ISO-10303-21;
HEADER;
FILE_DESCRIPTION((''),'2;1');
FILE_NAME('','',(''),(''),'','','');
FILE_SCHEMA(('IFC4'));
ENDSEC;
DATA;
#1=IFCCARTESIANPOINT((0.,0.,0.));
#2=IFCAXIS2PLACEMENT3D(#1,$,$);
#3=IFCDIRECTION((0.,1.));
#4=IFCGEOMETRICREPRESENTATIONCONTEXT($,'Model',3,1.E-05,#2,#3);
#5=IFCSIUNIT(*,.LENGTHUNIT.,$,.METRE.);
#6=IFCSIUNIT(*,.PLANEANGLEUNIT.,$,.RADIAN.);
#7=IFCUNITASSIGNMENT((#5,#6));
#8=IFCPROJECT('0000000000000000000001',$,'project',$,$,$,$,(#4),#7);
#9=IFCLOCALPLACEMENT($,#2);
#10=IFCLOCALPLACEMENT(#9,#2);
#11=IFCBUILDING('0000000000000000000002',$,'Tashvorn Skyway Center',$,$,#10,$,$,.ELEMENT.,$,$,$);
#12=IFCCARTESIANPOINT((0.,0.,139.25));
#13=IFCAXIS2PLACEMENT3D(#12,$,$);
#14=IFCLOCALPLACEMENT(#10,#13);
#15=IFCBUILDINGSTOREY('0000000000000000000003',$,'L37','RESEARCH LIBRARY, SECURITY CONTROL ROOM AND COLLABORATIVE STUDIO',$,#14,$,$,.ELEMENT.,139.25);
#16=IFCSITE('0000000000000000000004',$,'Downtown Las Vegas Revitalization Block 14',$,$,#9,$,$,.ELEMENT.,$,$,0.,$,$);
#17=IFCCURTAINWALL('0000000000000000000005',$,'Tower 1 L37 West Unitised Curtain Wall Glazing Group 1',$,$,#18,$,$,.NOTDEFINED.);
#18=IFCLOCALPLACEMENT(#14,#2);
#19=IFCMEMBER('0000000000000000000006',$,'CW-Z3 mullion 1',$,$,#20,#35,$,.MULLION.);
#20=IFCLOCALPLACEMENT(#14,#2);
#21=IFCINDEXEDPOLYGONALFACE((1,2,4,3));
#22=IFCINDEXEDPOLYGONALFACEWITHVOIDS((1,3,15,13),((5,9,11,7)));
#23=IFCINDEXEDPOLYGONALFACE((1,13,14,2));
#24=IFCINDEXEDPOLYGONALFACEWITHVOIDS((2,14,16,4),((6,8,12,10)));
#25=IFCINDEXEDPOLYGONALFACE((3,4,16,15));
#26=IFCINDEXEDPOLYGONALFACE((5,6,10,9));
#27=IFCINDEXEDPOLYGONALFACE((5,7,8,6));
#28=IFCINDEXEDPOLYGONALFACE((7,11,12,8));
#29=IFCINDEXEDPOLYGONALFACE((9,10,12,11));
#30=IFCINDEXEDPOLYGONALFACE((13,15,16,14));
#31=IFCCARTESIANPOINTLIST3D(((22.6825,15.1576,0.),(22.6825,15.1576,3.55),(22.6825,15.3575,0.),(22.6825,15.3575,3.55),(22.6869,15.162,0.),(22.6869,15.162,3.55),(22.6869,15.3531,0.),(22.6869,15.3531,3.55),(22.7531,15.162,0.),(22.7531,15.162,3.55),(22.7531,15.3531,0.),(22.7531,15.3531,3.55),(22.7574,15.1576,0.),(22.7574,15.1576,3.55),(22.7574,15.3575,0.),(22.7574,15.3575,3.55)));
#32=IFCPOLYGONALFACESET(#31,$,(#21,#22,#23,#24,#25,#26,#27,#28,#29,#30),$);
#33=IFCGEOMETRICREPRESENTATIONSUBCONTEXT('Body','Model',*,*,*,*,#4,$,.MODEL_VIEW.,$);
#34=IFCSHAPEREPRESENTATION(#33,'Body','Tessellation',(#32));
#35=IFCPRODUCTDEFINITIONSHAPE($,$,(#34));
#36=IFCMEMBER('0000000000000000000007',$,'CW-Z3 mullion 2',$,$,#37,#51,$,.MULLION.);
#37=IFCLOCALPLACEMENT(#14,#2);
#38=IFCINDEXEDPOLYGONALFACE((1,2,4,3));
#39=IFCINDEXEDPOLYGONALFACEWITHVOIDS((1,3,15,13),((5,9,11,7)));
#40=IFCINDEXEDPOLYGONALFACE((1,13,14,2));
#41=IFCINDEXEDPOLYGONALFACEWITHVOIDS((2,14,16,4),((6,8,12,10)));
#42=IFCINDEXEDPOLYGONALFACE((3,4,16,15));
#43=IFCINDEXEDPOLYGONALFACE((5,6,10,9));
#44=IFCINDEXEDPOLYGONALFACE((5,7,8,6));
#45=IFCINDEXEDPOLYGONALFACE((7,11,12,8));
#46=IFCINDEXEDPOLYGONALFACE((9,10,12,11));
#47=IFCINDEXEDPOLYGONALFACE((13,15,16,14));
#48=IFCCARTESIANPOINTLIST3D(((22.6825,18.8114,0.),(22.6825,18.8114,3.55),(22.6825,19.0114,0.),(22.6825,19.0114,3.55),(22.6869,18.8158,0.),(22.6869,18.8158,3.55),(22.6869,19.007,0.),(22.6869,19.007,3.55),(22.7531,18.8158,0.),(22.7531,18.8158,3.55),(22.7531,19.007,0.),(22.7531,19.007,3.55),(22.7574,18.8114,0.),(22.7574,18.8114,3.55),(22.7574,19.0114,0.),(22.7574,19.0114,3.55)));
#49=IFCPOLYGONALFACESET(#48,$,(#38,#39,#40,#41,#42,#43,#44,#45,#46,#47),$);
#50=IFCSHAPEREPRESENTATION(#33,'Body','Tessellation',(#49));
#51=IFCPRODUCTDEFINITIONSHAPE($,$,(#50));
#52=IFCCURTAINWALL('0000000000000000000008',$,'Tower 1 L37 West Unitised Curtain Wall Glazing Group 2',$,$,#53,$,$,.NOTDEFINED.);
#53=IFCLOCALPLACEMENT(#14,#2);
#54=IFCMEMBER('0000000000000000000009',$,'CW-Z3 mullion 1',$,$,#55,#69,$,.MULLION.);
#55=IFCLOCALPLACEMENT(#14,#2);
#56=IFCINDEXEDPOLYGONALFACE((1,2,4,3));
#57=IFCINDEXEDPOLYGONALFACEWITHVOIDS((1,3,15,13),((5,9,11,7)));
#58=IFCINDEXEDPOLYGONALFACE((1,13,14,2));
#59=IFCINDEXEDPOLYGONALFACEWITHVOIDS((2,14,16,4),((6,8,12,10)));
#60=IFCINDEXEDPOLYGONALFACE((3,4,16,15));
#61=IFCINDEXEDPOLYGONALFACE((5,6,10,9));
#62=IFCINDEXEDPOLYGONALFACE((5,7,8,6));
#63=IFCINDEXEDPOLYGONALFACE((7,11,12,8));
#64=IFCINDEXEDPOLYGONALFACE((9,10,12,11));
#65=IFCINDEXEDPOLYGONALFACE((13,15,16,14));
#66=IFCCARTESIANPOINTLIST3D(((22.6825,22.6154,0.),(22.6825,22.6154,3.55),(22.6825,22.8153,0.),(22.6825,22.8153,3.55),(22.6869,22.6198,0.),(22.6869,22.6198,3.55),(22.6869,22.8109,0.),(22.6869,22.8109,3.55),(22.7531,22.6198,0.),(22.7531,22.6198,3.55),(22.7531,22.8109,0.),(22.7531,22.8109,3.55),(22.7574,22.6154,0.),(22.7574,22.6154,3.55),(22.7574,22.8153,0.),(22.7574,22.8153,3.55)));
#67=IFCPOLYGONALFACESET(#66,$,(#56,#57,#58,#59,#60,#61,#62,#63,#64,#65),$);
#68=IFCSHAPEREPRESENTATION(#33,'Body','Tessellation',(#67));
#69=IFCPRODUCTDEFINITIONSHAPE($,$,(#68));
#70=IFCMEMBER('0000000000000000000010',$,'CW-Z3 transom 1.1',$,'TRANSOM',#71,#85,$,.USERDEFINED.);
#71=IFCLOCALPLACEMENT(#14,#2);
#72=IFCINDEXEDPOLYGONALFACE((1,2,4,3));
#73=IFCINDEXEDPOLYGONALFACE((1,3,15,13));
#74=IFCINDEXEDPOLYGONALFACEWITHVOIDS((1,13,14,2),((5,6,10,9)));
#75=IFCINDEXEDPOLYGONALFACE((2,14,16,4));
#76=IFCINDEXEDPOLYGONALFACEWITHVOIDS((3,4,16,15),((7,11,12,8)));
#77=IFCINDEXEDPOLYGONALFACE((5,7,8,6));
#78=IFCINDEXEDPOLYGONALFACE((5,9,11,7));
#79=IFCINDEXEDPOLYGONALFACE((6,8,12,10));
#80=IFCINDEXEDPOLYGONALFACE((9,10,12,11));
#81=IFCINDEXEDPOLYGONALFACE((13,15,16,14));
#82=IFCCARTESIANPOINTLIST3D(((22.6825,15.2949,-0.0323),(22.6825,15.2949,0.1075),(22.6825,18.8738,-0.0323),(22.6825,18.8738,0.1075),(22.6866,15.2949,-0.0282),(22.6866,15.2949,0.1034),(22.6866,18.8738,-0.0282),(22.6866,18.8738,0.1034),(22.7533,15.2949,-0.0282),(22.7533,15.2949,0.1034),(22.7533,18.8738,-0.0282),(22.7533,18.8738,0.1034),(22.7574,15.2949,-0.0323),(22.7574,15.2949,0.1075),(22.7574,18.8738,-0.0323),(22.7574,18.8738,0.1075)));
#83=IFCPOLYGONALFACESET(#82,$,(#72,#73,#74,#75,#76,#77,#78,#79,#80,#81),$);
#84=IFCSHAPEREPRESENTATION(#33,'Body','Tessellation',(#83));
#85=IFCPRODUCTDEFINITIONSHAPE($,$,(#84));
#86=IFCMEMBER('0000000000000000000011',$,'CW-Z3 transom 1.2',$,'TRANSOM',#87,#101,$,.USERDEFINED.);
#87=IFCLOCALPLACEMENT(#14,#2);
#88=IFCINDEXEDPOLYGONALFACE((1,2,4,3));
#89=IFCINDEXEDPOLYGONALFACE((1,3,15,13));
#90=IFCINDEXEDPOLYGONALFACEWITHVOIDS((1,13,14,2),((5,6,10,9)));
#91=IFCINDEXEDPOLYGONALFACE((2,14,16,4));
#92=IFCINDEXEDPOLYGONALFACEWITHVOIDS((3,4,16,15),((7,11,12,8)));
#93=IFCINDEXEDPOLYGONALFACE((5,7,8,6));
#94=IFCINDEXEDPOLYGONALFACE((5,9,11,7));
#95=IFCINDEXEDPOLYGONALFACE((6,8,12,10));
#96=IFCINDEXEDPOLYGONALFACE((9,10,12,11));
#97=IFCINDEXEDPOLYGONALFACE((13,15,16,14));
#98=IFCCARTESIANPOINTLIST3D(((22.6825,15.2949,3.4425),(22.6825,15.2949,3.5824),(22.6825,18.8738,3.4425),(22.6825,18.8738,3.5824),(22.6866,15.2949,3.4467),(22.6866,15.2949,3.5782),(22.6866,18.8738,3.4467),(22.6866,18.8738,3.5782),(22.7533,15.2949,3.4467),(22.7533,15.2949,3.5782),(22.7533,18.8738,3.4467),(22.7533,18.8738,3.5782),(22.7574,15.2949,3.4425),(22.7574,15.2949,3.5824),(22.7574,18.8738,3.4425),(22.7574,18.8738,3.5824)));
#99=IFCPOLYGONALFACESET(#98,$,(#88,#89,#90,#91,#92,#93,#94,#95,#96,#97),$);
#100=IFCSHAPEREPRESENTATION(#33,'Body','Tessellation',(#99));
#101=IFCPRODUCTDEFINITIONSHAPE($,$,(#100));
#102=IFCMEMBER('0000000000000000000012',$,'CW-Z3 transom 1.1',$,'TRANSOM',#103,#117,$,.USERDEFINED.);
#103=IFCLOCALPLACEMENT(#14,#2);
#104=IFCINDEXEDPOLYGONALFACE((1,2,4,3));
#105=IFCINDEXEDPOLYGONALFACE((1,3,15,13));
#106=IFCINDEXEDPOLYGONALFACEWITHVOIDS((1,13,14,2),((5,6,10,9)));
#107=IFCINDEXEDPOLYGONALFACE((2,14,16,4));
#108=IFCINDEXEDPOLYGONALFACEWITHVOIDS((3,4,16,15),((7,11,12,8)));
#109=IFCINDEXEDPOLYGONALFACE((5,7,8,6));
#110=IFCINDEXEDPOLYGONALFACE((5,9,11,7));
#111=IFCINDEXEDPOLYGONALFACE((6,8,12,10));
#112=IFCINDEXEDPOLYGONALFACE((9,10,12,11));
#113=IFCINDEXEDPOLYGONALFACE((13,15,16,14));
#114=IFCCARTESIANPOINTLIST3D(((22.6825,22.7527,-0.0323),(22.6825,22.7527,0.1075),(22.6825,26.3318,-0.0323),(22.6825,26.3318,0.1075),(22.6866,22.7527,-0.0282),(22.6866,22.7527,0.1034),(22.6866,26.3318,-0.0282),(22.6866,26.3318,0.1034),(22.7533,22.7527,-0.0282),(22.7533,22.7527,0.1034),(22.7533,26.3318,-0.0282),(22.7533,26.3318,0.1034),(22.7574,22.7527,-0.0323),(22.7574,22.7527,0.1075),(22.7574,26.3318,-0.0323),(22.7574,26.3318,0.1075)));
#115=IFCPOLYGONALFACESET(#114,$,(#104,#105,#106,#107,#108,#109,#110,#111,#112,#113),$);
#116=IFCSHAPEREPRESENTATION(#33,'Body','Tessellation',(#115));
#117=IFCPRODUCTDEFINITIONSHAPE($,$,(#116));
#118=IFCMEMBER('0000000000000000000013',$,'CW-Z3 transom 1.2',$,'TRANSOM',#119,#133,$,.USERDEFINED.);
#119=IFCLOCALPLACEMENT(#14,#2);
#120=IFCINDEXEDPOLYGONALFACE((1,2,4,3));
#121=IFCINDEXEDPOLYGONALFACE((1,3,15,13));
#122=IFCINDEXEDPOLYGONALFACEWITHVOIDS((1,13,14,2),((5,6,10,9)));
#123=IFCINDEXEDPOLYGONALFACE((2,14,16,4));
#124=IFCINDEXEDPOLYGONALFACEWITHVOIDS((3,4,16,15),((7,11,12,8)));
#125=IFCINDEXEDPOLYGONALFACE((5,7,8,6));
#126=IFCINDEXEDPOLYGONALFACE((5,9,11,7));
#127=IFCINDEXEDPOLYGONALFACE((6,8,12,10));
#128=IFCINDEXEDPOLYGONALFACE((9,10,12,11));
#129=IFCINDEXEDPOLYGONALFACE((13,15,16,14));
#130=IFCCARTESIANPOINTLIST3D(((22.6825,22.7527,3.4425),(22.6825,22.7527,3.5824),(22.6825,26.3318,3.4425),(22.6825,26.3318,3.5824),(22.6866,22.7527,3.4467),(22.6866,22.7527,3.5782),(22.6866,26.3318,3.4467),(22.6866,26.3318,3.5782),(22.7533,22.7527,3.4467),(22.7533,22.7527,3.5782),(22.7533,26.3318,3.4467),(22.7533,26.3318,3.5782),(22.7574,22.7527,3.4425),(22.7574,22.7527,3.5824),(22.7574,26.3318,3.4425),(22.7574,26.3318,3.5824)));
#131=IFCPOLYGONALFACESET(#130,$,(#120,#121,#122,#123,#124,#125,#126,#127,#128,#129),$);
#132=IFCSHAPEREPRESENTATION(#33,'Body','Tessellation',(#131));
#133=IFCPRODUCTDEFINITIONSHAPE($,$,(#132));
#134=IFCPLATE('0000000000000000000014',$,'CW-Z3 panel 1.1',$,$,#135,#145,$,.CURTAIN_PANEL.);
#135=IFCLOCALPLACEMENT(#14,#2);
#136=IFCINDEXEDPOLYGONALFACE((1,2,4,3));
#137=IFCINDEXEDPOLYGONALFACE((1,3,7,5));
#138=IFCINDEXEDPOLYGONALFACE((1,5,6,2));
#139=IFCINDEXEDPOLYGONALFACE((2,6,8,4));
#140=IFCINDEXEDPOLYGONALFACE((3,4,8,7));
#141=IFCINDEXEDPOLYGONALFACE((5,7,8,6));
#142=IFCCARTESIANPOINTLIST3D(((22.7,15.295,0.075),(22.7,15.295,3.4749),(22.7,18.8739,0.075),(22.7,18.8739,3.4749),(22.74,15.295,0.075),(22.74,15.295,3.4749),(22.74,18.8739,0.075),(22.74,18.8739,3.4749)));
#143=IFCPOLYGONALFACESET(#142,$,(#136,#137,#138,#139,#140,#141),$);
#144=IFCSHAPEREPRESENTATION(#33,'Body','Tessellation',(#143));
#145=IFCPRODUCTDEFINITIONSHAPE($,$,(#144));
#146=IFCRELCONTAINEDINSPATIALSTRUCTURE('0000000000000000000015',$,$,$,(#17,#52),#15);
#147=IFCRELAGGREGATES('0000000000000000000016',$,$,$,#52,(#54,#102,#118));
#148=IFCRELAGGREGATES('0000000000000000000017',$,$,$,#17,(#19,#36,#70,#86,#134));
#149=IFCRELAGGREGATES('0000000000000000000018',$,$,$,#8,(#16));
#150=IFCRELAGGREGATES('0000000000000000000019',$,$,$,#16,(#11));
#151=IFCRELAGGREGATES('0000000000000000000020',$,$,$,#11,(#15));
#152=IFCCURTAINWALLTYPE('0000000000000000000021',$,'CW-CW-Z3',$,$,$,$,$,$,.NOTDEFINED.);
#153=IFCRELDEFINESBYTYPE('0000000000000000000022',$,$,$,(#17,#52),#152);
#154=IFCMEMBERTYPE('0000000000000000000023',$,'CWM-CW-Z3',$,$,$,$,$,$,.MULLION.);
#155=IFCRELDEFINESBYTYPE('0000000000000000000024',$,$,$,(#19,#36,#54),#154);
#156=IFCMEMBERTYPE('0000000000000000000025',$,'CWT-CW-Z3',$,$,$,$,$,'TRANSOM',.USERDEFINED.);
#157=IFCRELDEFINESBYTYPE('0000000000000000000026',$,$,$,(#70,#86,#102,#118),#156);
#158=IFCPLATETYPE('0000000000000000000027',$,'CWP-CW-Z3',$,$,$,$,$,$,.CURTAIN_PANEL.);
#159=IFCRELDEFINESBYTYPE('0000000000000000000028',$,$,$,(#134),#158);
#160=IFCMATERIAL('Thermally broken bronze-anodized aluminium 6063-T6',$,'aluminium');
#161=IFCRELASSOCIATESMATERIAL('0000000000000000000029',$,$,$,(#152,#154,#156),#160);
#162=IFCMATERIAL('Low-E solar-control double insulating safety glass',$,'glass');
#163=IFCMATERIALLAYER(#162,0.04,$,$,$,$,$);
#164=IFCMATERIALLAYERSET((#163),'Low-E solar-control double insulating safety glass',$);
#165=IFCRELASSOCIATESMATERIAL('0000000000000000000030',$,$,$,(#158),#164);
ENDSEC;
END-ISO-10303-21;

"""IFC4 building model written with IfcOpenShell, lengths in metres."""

from ifc_helpers import new_model, si_unit, direction, frame, origin, origin_2d, place, context, subcontext, project, spatial, rectangle, hollow_rectangle, extrude, material, layer, layer_set, material_profile, profile_set, type_object, element, aggregate, save


model = new_model("IFC4")

# Units and contexts
model_context = context("Model", 3, precision=1e-05, world=origin(), true_north=direction((0.0, 1.0)))
body_context = subcontext(model_context, "Body", "Model", "MODEL_VIEW")
ifc_project = project(units=[si_unit("LENGTHUNIT", "METRE"), si_unit("PLANEANGLEUNIT", "RADIAN")], contexts=[model_context])

# Site, building, storey
site_placement = place(None, origin())
site = spatial("IfcSite", under=ifc_project, at=site_placement, Name="Downtown Las Vegas Revitalization Block 14", CompositionType="ELEMENT", RefElevation=0.0)
building_placement = place(site_placement, origin())
building = spatial("IfcBuilding", under=site, at=building_placement, Name="Tashvorn Skyway Center", CompositionType="ELEMENT")
storey_placement = place(building_placement, frame((0.0, 0.0, 139.25)))
storey = spatial("IfcBuildingStorey", under=building, at=storey_placement, Name="L37", Description="RESEARCH LIBRARY, SECURITY CONTROL ROOM AND COLLABORATIVE STUDIO", CompositionType="ELEMENT", Elevation=139.25)

# Curtain wall, members
ifc_material_1 = material(Name="Thermally broken bronze-anodized aluminium 6063-T6", Category="aluminium")
curtain_wall_type = type_object("IfcCurtainWallType", Name="CW-CW-Z3", PredefinedType="NOTDEFINED", material=ifc_material_1)
curtain_wall_1_placement = place(storey_placement, origin())
curtain_wall_1 = element("IfcCurtainWall", 1, at=curtain_wall_1_placement, inside=storey, type_object=curtain_wall_type, Name="Tower 1 L37 West Unitised Curtain Wall Glazing Group 1", PredefinedType="NOTDEFINED")
ifc_material_profile_1 = material_profile(ifc_material_1, hollow_rectangle(XDim=0.075, YDim=0.2, WallThickness=0.0044, at=origin_2d()), Name="ALU-MULL-75x200")
ifc_profile_set_1 = profile_set([ifc_material_profile_1], Name="Thermally broken bronze-anodized aluminium 6063-T6")
member_type_1 = type_object("IfcMemberType", Name="CWM-CW-Z3", PredefinedType="MULLION", material=ifc_profile_set_1)
member_1_placement = place(storey_placement, frame((22.72, 15.2576, 0.0), z_axis=(0.0, 0.0, 1.0), x_axis=(-1.0, 0.0, 0.0)))
member_1 = element("IfcMember", 2, at=member_1_placement, type_object=member_type_1, Name="CW-Z3 mullion 1", PredefinedType="MULLION", context=body_context, shape_type="SweptSolid", body=[
    extrude(hollow_rectangle(XDim=0.075, YDim=0.2, WallThickness=0.0044, at=origin_2d()), origin(), (0.0, 0.0, 1.0), 3.55),
])
member_2_placement = place(storey_placement, frame((22.72, 18.9114, 0.0), z_axis=(0.0, 0.0, 1.0), x_axis=(-1.0, 0.0, 0.0)))
member_2 = element("IfcMember", 3, at=member_2_placement, type_object=member_type_1, Name="CW-Z3 mullion 2", PredefinedType="MULLION", context=body_context, shape_type="SweptSolid", body=[
    extrude(hollow_rectangle(XDim=0.075, YDim=0.2, WallThickness=0.0044, at=origin_2d()), origin(), (0.0, 0.0, 1.0), 3.55),
])

# Curtain wall, member
curtain_wall_2_placement = place(storey_placement, origin())
curtain_wall_2 = element("IfcCurtainWall", 4, at=curtain_wall_2_placement, inside=storey, type_object=curtain_wall_type, Name="Tower 1 L37 West Unitised Curtain Wall Glazing Group 2", PredefinedType="NOTDEFINED")
member_3_placement = place(storey_placement, frame((22.72, 22.7153, 0.0), z_axis=(0.0, 0.0, 1.0), x_axis=(-1.0, 0.0, 0.0)))
member_3 = element("IfcMember", 5, at=member_3_placement, type_object=member_type_1, Name="CW-Z3 mullion 1", PredefinedType="MULLION", context=body_context, shape_type="SweptSolid", body=[
    extrude(hollow_rectangle(XDim=0.075, YDim=0.2, WallThickness=0.0044, at=origin_2d()), origin(), (0.0, 0.0, 1.0), 3.55),
])

# Members
ifc_material_profile_2 = material_profile(ifc_material_1, hollow_rectangle(XDim=0.075, YDim=0.1399, WallThickness=0.0042, at=origin_2d()), Name="ALU-TRAN-75x140")
ifc_profile_set_2 = profile_set([ifc_material_profile_2], Name="Thermally broken bronze-anodized aluminium 6063-T6")
member_type_2 = type_object("IfcMemberType", Name="CWT-CW-Z3", ElementType="TRANSOM", PredefinedType="USERDEFINED", material=ifc_profile_set_2)
member_4_placement = place(storey_placement, frame((22.72, 15.2949, 0.0376), z_axis=(0.0, 1.0, 0.0), x_axis=(-1.0, 0.0, 0.0)))
member_4 = element("IfcMember", 6, at=member_4_placement, type_object=member_type_2, Name="CW-Z3 transom 1.1", ObjectType="TRANSOM", PredefinedType="USERDEFINED", context=body_context, shape_type="SweptSolid", body=[
    extrude(hollow_rectangle(XDim=0.075, YDim=0.1399, WallThickness=0.0042, at=origin_2d()), origin(), (0.0, 0.0, 1.0), 3.5789),
])
member_5_placement = place(storey_placement, frame((22.72, 15.2949, 3.5125), z_axis=(0.0, 1.0, 0.0), x_axis=(-1.0, 0.0, 0.0)))
member_5 = element("IfcMember", 7, at=member_5_placement, type_object=member_type_2, Name="CW-Z3 transom 1.2", ObjectType="TRANSOM", PredefinedType="USERDEFINED", context=body_context, shape_type="SweptSolid", body=[
    extrude(hollow_rectangle(XDim=0.075, YDim=0.1399, WallThickness=0.0042, at=origin_2d()), origin(), (0.0, 0.0, 1.0), 3.5789),
])
member_6_placement = place(storey_placement, frame((22.72, 22.7527, 0.0376), z_axis=(0.0, 1.0, 0.0), x_axis=(-1.0, 0.0, 0.0)))
member_6 = element("IfcMember", 8, at=member_6_placement, type_object=member_type_2, Name="CW-Z3 transom 1.1", ObjectType="TRANSOM", PredefinedType="USERDEFINED", context=body_context, shape_type="SweptSolid", body=[
    extrude(hollow_rectangle(XDim=0.075, YDim=0.1399, WallThickness=0.0042, at=origin_2d()), origin(), (0.0, 0.0, 1.0), 3.5791),
])
member_7_placement = place(storey_placement, frame((22.72, 22.7527, 3.5125), z_axis=(0.0, 1.0, 0.0), x_axis=(-1.0, 0.0, 0.0)))
member_7 = element("IfcMember", 9, at=member_7_placement, type_object=member_type_2, Name="CW-Z3 transom 1.2", ObjectType="TRANSOM", PredefinedType="USERDEFINED", context=body_context, shape_type="SweptSolid", body=[
    extrude(hollow_rectangle(XDim=0.075, YDim=0.1399, WallThickness=0.0042, at=origin_2d()), origin(), (0.0, 0.0, 1.0), 3.5791),
])
aggregate(curtain_wall_2, [member_3, member_6, member_7])

# Plate
ifc_material_2 = material(Name="Low-E solar-control double insulating safety glass", Category="glass")
ifc_layer_1 = layer(ifc_material_2, 0.04)
ifc_layer_set_1 = layer_set([ifc_layer_1], Name="Low-E solar-control double insulating safety glass")
plate_type = type_object("IfcPlateType", Name="CWP-CW-Z3", PredefinedType="CURTAIN_PANEL", material=ifc_layer_set_1)
plate_placement = place(storey_placement, frame((22.72, 17.0845, 0.075), z_axis=(0.0, 0.0, 1.0), x_axis=(0.0, 1.0, 0.0)))
plate = element("IfcPlate", 10, at=plate_placement, type_object=plate_type, Name="CW-Z3 panel 1.1", PredefinedType="CURTAIN_PANEL", context=body_context, shape_type="SweptSolid", body=[
    extrude(rectangle(XDim=3.5789, YDim=0.04, at=origin_2d()), origin(), (0.0, 0.0, 1.0), 3.3999),
])
aggregate(curtain_wall_1, [member_1, member_2, member_4, member_5, plate])

save(model, "model.ifc")
